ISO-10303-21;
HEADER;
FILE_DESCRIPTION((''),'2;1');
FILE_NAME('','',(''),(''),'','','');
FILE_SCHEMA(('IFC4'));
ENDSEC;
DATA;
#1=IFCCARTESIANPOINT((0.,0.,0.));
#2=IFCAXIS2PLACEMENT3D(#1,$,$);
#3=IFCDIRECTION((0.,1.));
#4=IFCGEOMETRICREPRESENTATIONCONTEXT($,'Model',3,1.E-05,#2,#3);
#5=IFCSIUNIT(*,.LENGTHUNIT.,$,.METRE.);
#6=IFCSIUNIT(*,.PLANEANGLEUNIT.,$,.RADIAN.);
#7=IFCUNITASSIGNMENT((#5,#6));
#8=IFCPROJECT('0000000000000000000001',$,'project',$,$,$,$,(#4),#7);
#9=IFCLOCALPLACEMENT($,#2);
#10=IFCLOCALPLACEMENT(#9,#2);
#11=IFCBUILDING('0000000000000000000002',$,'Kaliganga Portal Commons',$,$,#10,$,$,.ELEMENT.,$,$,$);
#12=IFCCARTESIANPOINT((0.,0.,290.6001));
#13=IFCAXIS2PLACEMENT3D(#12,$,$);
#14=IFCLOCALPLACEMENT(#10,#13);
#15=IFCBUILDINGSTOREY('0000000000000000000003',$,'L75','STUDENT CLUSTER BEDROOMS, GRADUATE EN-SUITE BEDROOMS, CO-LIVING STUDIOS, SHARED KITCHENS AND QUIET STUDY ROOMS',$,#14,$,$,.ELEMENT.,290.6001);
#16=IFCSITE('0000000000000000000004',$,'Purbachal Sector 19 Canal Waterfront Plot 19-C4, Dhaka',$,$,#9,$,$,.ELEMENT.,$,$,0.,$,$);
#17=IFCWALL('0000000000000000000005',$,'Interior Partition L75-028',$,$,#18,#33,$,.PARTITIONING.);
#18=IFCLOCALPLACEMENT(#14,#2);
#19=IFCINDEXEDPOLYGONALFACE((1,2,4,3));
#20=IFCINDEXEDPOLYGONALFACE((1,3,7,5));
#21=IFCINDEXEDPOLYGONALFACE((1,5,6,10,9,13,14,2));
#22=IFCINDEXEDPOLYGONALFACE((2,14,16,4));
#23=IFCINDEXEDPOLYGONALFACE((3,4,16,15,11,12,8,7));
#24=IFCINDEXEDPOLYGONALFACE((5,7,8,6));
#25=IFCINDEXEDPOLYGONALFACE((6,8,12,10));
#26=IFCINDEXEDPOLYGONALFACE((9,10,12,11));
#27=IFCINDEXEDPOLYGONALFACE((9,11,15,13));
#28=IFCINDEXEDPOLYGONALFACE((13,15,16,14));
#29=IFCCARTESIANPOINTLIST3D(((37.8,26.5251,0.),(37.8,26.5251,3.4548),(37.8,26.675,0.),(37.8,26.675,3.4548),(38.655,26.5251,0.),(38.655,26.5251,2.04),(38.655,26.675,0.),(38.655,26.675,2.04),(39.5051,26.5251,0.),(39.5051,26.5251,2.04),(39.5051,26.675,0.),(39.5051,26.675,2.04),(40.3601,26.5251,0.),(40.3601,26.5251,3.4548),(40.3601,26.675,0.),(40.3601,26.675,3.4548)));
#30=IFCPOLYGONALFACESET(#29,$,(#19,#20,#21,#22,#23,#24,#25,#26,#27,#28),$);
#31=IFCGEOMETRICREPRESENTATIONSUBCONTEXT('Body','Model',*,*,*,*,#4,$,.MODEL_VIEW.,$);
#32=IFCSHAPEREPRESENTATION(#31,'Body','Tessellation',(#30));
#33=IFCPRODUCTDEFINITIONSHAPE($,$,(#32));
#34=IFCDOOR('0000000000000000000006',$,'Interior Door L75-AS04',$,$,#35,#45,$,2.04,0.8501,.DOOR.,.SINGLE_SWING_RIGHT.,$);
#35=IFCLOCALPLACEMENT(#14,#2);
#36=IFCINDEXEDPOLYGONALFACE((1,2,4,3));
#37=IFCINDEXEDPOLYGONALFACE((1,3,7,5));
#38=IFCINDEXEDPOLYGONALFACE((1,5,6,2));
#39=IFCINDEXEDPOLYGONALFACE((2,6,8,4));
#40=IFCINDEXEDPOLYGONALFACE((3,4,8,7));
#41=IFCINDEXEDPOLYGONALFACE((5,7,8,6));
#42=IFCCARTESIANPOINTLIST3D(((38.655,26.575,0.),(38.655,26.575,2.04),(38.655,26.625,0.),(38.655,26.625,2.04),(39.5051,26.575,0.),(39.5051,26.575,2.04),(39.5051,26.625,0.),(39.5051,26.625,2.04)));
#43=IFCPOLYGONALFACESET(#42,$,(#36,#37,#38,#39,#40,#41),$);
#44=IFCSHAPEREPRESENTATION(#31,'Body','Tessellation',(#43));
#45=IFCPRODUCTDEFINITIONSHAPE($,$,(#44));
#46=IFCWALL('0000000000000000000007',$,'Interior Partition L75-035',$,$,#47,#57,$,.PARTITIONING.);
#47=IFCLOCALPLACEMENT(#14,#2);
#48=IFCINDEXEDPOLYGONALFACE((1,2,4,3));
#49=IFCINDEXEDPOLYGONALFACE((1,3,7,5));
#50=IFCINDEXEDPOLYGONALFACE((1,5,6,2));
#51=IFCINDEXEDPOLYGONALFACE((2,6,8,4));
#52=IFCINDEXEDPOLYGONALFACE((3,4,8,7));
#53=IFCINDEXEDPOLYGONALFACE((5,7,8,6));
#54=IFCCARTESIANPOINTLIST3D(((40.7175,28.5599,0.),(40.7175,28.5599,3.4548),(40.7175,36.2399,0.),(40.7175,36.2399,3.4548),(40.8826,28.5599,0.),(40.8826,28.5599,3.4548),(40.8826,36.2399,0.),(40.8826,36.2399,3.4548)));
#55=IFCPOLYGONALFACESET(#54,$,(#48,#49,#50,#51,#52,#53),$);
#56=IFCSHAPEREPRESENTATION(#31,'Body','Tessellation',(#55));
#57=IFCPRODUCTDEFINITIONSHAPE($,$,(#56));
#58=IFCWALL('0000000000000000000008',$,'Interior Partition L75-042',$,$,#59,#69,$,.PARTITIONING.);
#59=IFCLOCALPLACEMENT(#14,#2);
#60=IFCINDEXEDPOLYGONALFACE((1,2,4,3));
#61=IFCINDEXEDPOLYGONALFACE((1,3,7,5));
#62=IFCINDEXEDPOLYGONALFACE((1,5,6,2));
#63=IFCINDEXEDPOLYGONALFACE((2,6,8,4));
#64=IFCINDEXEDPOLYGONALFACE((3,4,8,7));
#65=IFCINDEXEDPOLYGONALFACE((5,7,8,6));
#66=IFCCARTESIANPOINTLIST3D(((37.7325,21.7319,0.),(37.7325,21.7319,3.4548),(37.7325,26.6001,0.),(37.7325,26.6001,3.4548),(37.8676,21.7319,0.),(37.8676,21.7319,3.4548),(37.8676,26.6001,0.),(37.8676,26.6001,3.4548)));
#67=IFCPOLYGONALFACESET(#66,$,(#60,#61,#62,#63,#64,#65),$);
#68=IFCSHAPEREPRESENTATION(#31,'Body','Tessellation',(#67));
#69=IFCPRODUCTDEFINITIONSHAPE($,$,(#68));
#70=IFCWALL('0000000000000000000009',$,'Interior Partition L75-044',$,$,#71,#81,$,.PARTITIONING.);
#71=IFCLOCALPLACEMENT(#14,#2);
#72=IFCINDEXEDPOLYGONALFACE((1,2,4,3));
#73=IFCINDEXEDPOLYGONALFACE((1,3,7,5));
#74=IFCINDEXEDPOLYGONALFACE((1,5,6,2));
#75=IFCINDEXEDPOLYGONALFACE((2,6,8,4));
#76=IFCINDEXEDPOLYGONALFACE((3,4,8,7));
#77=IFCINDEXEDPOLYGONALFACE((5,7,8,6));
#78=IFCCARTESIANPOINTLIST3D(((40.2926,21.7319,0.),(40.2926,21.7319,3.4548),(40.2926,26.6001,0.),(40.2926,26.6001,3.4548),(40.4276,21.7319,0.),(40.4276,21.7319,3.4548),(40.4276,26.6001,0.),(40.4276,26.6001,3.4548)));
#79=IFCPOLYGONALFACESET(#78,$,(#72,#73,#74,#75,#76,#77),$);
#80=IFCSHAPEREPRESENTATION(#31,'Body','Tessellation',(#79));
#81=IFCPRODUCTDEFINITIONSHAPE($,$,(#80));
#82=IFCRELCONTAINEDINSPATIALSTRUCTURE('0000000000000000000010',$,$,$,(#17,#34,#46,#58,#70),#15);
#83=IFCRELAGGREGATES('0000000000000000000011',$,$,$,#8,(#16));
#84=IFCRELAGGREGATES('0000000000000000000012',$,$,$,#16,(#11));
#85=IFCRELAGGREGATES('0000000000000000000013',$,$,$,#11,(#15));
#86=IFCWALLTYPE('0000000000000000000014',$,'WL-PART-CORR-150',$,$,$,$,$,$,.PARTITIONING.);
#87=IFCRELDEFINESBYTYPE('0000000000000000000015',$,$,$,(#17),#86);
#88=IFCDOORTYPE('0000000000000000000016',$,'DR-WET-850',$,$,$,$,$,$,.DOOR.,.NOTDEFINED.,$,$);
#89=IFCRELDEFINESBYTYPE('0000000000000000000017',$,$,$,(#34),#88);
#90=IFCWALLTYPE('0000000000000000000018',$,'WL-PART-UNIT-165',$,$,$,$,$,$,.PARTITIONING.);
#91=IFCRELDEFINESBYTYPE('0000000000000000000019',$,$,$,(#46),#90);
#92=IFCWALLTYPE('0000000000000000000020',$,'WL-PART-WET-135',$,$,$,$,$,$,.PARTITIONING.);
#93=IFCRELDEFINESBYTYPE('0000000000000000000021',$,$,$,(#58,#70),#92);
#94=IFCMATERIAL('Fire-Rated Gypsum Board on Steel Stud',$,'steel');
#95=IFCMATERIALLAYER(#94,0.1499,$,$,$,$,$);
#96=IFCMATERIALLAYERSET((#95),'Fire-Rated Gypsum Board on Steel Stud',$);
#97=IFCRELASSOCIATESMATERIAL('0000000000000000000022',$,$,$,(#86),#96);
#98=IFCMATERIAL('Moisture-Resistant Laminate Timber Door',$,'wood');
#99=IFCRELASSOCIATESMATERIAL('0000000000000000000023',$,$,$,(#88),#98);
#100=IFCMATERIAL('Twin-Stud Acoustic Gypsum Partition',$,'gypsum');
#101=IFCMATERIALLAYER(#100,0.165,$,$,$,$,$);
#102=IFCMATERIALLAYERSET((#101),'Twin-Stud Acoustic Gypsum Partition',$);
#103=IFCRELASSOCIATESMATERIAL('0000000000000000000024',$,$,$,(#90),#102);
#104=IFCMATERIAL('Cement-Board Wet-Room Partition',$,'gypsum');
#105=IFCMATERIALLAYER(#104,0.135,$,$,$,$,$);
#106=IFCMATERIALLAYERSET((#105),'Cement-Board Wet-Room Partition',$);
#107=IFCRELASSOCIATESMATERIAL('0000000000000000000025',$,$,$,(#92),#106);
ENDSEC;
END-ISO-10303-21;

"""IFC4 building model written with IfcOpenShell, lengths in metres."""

from ifc_helpers import new_model, si_unit, direction, frame, frame_2d, origin, place, context, subcontext, project, spatial, rectangle, extrude, material, layer, layer_set, type_object, element, fill, save


model = new_model("IFC4")

# Units and contexts
model_context = context("Model", 3, precision=1e-05, world=origin(), true_north=direction((0.0, 1.0)))
body_context = subcontext(model_context, "Body", "Model", "MODEL_VIEW")
ifc_project = project(units=[si_unit("LENGTHUNIT", "METRE"), si_unit("PLANEANGLEUNIT", "RADIAN")], contexts=[model_context])

# Site, building, storey
site_placement = place(None, origin())
site = spatial("IfcSite", under=ifc_project, at=site_placement, Name="Purbachal Sector 19 Canal Waterfront Plot 19-C4, Dhaka", CompositionType="ELEMENT", RefElevation=0.0)
building_placement = place(site_placement, origin())
building = spatial("IfcBuilding", under=site, at=building_placement, Name="Kaliganga Portal Commons", CompositionType="ELEMENT")
storey_placement = place(building_placement, frame((0.0, 0.0, 290.6001)))
storey = spatial("IfcBuildingStorey", under=building, at=storey_placement, Name="L75", Description="STUDENT CLUSTER BEDROOMS, GRADUATE EN-SUITE BEDROOMS, CO-LIVING STUDIOS, SHARED KITCHENS AND QUIET STUDY ROOMS", CompositionType="ELEMENT", Elevation=290.6001)

# Wall, opening, door
ifc_material_1 = material(Name="Fire-Rated Gypsum Board on Steel Stud", Category="steel")
ifc_layer_1 = layer(ifc_material_1, 0.1499)
ifc_layer_set_1 = layer_set([ifc_layer_1], Name="Fire-Rated Gypsum Board on Steel Stud")
wall_type_1 = type_object("IfcWallType", Name="WL-PART-CORR-150", PredefinedType="PARTITIONING", material=ifc_layer_set_1)
ifc_material_2 = material(Name="Moisture-Resistant Laminate Timber Door", Category="wood")
door_type_1 = type_object("IfcDoorType", Name="DR-WET-850", OperationType="NOTDEFINED", PredefinedType="DOOR", material=ifc_material_2)
wall_1_placement = place(storey_placement, frame((37.8, 26.6001, 0.0), z_axis=(0.0, 0.0, 1.0), x_axis=(1.0, 0.0, 0.0)))
wall_1 = element("IfcWall", 1, at=wall_1_placement, inside=storey, type_object=wall_type_1, Name="Interior Partition L75-028", PredefinedType="PARTITIONING", context=body_context, shape_type="SweptSolid", body=[
    extrude(rectangle(XDim=2.5601, YDim=0.1499, at=frame_2d((1.28, 0.0))), origin(), (0.0, 0.0, 1.0), 3.4548),
])
opening_1_placement = place(wall_1_placement, frame((0.855, 0.0, 0.0)))
opening_1 = element("IfcOpeningElement", 2, at=opening_1_placement, cuts=wall_1, PredefinedType="OPENING", context=body_context, shape_type="SweptSolid", body=[
    extrude(rectangle(XDim=0.8501, YDim=2.04, at=frame_2d((0.425, 1.02))), frame((0.0, 0.085, 0.0), z_axis=(0.0, -1.0, 0.0), x_axis=(1.0, 0.0, 0.0)), (0.0, 0.0, 1.0), 0.1699),
])
door_1_placement = place(opening_1_placement, origin())
door_1 = element("IfcDoor", 3, at=door_1_placement, inside=storey, type_object=door_type_1, Name="Interior Door L75-AS04", OperationType="SINGLE_SWING_RIGHT", OverallHeight=2.04, OverallWidth=0.8501, PredefinedType="DOOR", context=body_context, shape_type="SweptSolid", body=[
    extrude(rectangle(XDim=0.8501, YDim=2.04, at=frame_2d((0.425, 1.02))), frame((0.0, 0.0249, 0.0), z_axis=(0.0, -1.0, 0.0), x_axis=(1.0, 0.0, 0.0)), (0.0, 0.0, 1.0), 0.05),
])
fill(opening_1, door_1)

# Walls
ifc_material_3 = material(Name="Twin-Stud Acoustic Gypsum Partition", Category="gypsum")
ifc_layer_2 = layer(ifc_material_3, 0.165)
ifc_layer_set_2 = layer_set([ifc_layer_2], Name="Twin-Stud Acoustic Gypsum Partition")
wall_type_2 = type_object("IfcWallType", Name="WL-PART-UNIT-165", PredefinedType="PARTITIONING", material=ifc_layer_set_2)
wall_2_placement = place(storey_placement, frame((40.8, 28.5601, 0.0), z_axis=(0.0, 0.0, 1.0), x_axis=(0.0, 1.0, 0.0)))
element("IfcWall", 4, at=wall_2_placement, inside=storey, type_object=wall_type_2, Name="Interior Partition L75-035", PredefinedType="PARTITIONING", context=body_context, shape_type="SweptSolid", body=[
    extrude(rectangle(XDim=7.6799, YDim=0.165, at=frame_2d((3.8398, 0.0))), origin(), (0.0, 0.0, 1.0), 3.4548),
])
ifc_material_4 = material(Name="Cement-Board Wet-Room Partition", Category="gypsum")
ifc_layer_3 = layer(ifc_material_4, 0.135)
ifc_layer_set_3 = layer_set([ifc_layer_3], Name="Cement-Board Wet-Room Partition")
wall_type_3 = type_object("IfcWallType", Name="WL-PART-WET-135", PredefinedType="PARTITIONING", material=ifc_layer_set_3)
for number, where, z_axis, x_axis, name in (
    (5, (37.8, 21.7319, 0.0), (0.0, 0.0, 1.0), (0.0, 1.0, 0.0), "Interior Partition L75-042"),
    (6, (40.3601, 21.7319, 0.0), (0.0, 0.0, 1.0), (0.0, 1.0, 0.0), "Interior Partition L75-044"),
):
    element("IfcWall", number, at=place(storey_placement, frame(where, z_axis=z_axis, x_axis=x_axis)), inside=storey, type_object=wall_type_3, Name=name, PredefinedType="PARTITIONING", context=body_context, shape_type="SweptSolid", body=[
        extrude(rectangle(XDim=4.8682, YDim=0.135, at=frame_2d((2.4341, 0.0))), origin(), (0.0, 0.0, 1.0), 3.4548),
    ])

save(model, "model.ifc")
